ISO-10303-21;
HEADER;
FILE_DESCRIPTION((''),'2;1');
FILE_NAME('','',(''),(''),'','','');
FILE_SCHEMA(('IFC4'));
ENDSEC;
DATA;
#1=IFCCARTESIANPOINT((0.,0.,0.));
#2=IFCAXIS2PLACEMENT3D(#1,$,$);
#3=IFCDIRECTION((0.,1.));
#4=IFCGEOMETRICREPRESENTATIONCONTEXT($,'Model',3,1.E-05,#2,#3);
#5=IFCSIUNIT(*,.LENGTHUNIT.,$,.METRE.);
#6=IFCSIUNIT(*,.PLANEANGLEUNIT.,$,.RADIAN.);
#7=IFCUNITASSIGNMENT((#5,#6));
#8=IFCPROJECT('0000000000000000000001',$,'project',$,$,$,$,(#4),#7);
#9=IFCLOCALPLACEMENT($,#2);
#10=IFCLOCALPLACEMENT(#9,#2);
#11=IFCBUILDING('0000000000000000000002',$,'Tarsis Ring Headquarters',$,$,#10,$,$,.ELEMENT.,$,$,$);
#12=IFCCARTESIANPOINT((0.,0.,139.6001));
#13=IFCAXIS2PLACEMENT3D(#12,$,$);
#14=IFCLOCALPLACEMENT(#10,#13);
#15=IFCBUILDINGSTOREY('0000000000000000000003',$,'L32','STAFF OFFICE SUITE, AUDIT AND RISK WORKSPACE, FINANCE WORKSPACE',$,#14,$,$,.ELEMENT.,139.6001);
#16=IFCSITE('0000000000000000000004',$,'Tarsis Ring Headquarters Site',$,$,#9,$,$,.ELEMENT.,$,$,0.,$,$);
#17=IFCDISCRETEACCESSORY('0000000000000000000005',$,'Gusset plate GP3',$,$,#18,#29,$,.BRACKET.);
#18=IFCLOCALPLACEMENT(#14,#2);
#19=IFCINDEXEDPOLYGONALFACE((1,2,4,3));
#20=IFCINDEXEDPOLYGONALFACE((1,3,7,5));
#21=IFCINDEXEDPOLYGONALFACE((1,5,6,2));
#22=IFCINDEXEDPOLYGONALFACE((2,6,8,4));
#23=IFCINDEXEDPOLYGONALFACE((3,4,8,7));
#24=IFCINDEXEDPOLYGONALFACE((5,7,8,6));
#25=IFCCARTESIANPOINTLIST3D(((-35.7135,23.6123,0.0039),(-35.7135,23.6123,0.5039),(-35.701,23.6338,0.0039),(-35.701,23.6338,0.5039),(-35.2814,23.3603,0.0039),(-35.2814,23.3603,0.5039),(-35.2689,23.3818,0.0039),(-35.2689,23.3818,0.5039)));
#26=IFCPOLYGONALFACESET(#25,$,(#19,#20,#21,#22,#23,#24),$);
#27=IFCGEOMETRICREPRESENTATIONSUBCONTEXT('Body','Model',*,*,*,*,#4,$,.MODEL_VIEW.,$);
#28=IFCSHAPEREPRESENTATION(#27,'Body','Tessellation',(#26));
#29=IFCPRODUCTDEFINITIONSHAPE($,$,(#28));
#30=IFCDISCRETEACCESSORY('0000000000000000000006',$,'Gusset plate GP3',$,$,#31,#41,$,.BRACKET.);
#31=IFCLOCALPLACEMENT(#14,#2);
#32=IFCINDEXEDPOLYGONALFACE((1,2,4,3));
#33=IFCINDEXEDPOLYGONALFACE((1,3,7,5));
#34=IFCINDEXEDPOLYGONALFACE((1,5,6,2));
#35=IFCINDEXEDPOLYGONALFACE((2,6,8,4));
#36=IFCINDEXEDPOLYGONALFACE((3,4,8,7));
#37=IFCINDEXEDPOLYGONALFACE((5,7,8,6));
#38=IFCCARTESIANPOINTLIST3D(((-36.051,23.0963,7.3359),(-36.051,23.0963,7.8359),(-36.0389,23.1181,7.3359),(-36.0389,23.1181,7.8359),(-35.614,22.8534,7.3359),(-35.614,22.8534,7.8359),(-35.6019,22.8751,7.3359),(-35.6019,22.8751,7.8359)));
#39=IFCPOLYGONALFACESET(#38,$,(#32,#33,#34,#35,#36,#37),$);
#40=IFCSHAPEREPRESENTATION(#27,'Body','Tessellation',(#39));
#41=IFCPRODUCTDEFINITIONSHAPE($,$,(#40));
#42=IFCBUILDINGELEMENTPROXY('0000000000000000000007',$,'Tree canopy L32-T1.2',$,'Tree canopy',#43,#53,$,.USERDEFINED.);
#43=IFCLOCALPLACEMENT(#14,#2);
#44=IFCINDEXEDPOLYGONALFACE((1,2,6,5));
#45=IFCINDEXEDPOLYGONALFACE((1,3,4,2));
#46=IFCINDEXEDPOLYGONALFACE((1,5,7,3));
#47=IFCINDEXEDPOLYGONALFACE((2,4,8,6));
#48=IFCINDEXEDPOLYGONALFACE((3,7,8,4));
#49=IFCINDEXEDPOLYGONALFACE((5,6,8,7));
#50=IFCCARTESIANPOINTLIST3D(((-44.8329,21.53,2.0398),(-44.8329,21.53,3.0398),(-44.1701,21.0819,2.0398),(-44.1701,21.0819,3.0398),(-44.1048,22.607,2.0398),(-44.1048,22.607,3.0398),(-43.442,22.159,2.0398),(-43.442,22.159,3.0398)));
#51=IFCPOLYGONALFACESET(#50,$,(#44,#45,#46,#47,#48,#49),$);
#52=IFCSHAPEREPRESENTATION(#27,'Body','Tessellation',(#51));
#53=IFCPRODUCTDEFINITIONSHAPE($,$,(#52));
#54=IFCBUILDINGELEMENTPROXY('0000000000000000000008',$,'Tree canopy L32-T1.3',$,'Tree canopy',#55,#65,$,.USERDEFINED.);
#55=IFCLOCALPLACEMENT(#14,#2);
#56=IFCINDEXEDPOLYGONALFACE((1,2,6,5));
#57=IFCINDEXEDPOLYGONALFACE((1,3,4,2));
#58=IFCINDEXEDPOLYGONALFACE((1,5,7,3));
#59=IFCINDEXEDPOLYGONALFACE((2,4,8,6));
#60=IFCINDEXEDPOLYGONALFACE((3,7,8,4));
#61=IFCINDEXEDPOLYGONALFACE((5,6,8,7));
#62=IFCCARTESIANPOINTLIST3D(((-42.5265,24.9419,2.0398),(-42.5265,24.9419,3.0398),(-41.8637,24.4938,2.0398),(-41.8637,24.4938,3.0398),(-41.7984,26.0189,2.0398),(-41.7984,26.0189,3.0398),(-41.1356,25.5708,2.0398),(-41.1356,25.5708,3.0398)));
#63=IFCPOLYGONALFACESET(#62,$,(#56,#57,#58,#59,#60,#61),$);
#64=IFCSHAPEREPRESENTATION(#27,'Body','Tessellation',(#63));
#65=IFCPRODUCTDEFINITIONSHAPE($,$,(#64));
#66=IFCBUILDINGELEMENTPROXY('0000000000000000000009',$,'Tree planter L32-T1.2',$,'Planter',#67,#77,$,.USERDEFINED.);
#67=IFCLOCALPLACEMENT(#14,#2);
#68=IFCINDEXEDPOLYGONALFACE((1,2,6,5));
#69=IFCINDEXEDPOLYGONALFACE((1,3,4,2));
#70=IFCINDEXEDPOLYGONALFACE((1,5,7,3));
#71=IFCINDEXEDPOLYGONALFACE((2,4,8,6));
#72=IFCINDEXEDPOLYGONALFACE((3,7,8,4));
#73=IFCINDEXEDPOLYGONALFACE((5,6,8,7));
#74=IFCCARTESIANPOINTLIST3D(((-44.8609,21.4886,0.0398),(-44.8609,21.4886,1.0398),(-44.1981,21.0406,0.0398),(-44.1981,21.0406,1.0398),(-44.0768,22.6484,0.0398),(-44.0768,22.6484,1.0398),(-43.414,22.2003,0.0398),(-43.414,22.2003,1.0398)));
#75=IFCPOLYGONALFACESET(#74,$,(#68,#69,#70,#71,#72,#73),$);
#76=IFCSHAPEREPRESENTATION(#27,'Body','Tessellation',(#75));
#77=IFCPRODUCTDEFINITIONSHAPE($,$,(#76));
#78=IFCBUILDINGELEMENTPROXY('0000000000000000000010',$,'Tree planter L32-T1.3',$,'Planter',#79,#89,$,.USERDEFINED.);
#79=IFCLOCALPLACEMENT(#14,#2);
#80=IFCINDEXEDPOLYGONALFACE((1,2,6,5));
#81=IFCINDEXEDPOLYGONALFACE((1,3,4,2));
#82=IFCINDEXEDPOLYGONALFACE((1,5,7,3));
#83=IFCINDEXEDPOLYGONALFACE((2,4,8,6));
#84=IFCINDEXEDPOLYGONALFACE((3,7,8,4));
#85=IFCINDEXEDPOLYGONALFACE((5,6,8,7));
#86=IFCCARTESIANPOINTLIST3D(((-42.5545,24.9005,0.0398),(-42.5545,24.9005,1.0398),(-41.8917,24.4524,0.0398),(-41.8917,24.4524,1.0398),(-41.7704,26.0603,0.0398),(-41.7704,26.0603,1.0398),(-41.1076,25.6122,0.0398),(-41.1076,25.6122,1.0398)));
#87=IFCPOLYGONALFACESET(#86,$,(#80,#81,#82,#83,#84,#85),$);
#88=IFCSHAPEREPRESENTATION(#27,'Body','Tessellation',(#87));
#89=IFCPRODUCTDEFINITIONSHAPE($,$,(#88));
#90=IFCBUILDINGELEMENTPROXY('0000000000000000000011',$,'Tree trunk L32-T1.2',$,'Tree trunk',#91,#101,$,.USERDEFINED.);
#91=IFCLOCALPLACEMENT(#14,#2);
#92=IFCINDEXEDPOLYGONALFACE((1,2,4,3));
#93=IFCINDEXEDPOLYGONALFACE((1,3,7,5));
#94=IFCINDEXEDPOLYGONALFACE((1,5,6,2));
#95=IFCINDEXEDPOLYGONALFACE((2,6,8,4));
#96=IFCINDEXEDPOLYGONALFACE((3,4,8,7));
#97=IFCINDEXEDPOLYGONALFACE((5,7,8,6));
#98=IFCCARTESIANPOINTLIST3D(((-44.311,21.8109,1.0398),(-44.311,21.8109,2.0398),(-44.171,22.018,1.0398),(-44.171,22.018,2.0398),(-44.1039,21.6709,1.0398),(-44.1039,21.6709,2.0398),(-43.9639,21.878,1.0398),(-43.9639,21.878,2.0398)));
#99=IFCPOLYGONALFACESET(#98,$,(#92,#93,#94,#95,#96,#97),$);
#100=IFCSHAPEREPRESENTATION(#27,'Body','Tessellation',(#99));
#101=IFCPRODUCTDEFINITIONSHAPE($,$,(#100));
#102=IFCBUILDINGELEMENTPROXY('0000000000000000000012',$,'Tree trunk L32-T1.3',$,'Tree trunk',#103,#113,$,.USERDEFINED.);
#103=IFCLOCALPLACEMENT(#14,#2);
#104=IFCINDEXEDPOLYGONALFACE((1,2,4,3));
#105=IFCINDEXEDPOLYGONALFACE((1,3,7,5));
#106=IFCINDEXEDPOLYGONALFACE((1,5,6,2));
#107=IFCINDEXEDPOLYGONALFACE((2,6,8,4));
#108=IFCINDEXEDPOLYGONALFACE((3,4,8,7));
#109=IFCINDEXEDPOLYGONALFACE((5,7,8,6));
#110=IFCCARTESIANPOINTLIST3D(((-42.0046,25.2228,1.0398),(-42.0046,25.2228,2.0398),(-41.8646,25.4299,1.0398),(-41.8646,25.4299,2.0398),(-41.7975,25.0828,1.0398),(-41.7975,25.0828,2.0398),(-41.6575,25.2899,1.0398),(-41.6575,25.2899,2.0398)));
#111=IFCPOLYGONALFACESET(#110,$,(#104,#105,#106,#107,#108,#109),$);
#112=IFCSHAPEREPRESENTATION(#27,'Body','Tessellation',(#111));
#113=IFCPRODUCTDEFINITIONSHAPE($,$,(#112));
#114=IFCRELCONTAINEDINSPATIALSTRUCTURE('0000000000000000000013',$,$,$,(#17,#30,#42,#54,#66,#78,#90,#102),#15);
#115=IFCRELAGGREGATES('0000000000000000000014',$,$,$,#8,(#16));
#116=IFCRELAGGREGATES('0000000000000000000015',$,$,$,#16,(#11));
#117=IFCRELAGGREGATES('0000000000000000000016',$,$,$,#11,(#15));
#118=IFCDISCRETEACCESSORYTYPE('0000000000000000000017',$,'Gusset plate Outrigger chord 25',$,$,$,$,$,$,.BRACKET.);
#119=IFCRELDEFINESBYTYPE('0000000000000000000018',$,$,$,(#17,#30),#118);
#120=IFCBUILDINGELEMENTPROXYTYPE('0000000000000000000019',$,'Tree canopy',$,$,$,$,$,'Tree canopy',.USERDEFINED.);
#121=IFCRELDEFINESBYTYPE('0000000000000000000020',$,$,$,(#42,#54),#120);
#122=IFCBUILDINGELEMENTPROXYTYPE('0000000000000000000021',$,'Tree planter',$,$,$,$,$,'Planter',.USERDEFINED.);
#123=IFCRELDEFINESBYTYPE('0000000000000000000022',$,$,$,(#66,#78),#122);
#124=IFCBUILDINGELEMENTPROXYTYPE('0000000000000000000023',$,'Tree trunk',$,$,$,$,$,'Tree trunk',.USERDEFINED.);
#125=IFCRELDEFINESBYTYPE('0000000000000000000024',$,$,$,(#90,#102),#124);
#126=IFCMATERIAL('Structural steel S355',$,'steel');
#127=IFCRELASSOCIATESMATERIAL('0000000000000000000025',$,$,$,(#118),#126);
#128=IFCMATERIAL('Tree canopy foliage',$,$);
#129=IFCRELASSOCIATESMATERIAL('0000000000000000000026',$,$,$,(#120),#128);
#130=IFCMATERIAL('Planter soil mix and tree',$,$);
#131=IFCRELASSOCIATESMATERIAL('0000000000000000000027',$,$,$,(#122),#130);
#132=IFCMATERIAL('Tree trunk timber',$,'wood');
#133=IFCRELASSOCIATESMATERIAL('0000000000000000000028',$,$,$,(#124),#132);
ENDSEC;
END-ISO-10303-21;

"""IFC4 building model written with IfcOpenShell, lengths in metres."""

from ifc_helpers import new_model, si_unit, direction, frame, origin, origin_2d, place, context, subcontext, project, spatial, rectangle, extrude, material, material_profile, profile_set, type_object, element, save


model = new_model("IFC4")

# Units and contexts
model_context = context("Model", 3, precision=1e-05, world=origin(), true_north=direction((0.0, 1.0)))
body_context = subcontext(model_context, "Body", "Model", "MODEL_VIEW")
ifc_project = project(units=[si_unit("LENGTHUNIT", "METRE"), si_unit("PLANEANGLEUNIT", "RADIAN")], contexts=[model_context])

# Site, building, storey
site_placement = place(None, origin())
site = spatial("IfcSite", under=ifc_project, at=site_placement, Name="Tarsis Ring Headquarters Site", CompositionType="ELEMENT", RefElevation=0.0)
building_placement = place(site_placement, origin())
building = spatial("IfcBuilding", under=site, at=building_placement, Name="Tarsis Ring Headquarters", CompositionType="ELEMENT")
storey_placement = place(building_placement, frame((0.0, 0.0, 139.6001)))
storey = spatial("IfcBuildingStorey", under=building, at=storey_placement, Name="L32", Description="STAFF OFFICE SUITE, AUDIT AND RISK WORKSPACE, FINANCE WORKSPACE", CompositionType="ELEMENT", Elevation=139.6001)

# Shared definitions
ifc_material_1 = material(Name="Structural steel S355", Category="steel")

# Discrete accessories
ifc_material_profile_1 = material_profile(ifc_material_1, rectangle(XDim=0.0249, YDim=0.5, at=origin_2d()), Name="PL 25x500")
ifc_profile_set_1 = profile_set([ifc_material_profile_1], Name="Structural steel S355")
discrete_accessory_type_1 = type_object("IfcDiscreteAccessoryType", Name="Gusset plate Outrigger chord 25", PredefinedType="BRACKET", material=ifc_profile_set_1)
discrete_accessory_1_placement = place(storey_placement, frame((-35.7073, 23.623, 0.2539), z_axis=(0.863885, -0.503689, 0.0), x_axis=(0.503689, 0.863885, 0.0)))
element("IfcDiscreteAccessory", 1, at=discrete_accessory_1_placement, inside=storey, type_object=discrete_accessory_type_1, Name="Gusset plate GP3", PredefinedType="BRACKET", context=body_context, shape_type="SweptSolid", body=[
    extrude(rectangle(XDim=0.0249, YDim=0.5, at=origin_2d()), origin(), (0.0, 0.0, 1.0), 0.5002),
])
discrete_accessory_2_placement = place(storey_placement, frame((-36.0449, 23.1072, 7.5859), z_axis=(0.874042, -0.48585, 0.0), x_axis=(0.48585, 0.874042, 0.0)))
element("IfcDiscreteAccessory", 2, at=discrete_accessory_2_placement, inside=storey, type_object=discrete_accessory_type_1, Name="Gusset plate GP3", PredefinedType="BRACKET", context=body_context, shape_type="SweptSolid", body=[
    extrude(rectangle(XDim=0.0249, YDim=0.5, at=origin_2d()), origin(), (0.0, 0.0, 1.0), 0.5),
])

# Building element proxies
ifc_material_2 = material(Name="Tree canopy foliage")
building_element_proxy_type_1 = type_object("IfcBuildingElementProxyType", Name="Tree canopy", ElementType="Tree canopy", PredefinedType="USERDEFINED", material=ifc_material_2)
for number, where, z_axis, x_axis, name in (
    (3, (-44.1375, 21.8445, 2.0398), (0.0, 0.0, 1.0), (0.560061, 0.828452, 0.0), "Tree canopy L32-T1.2"),
    (4, (-41.8311, 25.2563, 2.0398), (0.0, 0.0, 1.0), (0.560061, 0.828452, 0.0), "Tree canopy L32-T1.3"),
):
    element("IfcBuildingElementProxy", number, at=place(storey_placement, frame(where, z_axis=z_axis, x_axis=x_axis)), inside=storey, type_object=building_element_proxy_type_1, Name=name, ObjectType="Tree canopy", PredefinedType="USERDEFINED", context=body_context, shape_type="SweptSolid", body=[
        extrude(rectangle(XDim=1.3, YDim=0.8, at=origin_2d()), origin(), (0.0, 0.0, 1.0), 1.0),
    ])
ifc_material_3 = material(Name="Planter soil mix and tree")
building_element_proxy_type_2 = type_object("IfcBuildingElementProxyType", Name="Tree planter", ElementType="Planter", PredefinedType="USERDEFINED", material=ifc_material_3)
for number, where, z_axis, x_axis, name in (
    (5, (-44.1375, 21.8445, 0.0398), (0.0, 0.0, 1.0), (0.560061, 0.828452, 0.0), "Tree planter L32-T1.2"),
    (6, (-41.8311, 25.2563, 0.0398), (0.0, 0.0, 1.0), (0.560061, 0.828452, 0.0), "Tree planter L32-T1.3"),
):
    element("IfcBuildingElementProxy", number, at=place(storey_placement, frame(where, z_axis=z_axis, x_axis=x_axis)), inside=storey, type_object=building_element_proxy_type_2, Name=name, ObjectType="Planter", PredefinedType="USERDEFINED", context=body_context, shape_type="SweptSolid", body=[
        extrude(rectangle(XDim=1.3999, YDim=0.8, at=origin_2d()), origin(), (0.0, 0.0, 1.0), 1.0),
    ])
ifc_material_4 = material(Name="Tree trunk timber", Category="wood")
building_element_proxy_type_3 = type_object("IfcBuildingElementProxyType", Name="Tree trunk", ElementType="Tree trunk", PredefinedType="USERDEFINED", material=ifc_material_4)
for number, where, z_axis, x_axis, name in (
    (7, (-44.1375, 21.8445, 1.0398), (0.0, 0.0, 1.0), (0.560061, 0.828452, 0.0), "Tree trunk L32-T1.2"),
    (8, (-41.8311, 25.2563, 1.0398), (0.0, 0.0, 1.0), (0.560061, 0.828452, 0.0), "Tree trunk L32-T1.3"),
):
    element("IfcBuildingElementProxy", number, at=place(storey_placement, frame(where, z_axis=z_axis, x_axis=x_axis)), inside=storey, type_object=building_element_proxy_type_3, Name=name, ObjectType="Tree trunk", PredefinedType="USERDEFINED", context=body_context, shape_type="SweptSolid", body=[
        extrude(rectangle(XDim=0.25, YDim=0.25, at=origin_2d()), origin(), (0.0, 0.0, 1.0), 1.0),
    ])

save(model, "model.ifc")
